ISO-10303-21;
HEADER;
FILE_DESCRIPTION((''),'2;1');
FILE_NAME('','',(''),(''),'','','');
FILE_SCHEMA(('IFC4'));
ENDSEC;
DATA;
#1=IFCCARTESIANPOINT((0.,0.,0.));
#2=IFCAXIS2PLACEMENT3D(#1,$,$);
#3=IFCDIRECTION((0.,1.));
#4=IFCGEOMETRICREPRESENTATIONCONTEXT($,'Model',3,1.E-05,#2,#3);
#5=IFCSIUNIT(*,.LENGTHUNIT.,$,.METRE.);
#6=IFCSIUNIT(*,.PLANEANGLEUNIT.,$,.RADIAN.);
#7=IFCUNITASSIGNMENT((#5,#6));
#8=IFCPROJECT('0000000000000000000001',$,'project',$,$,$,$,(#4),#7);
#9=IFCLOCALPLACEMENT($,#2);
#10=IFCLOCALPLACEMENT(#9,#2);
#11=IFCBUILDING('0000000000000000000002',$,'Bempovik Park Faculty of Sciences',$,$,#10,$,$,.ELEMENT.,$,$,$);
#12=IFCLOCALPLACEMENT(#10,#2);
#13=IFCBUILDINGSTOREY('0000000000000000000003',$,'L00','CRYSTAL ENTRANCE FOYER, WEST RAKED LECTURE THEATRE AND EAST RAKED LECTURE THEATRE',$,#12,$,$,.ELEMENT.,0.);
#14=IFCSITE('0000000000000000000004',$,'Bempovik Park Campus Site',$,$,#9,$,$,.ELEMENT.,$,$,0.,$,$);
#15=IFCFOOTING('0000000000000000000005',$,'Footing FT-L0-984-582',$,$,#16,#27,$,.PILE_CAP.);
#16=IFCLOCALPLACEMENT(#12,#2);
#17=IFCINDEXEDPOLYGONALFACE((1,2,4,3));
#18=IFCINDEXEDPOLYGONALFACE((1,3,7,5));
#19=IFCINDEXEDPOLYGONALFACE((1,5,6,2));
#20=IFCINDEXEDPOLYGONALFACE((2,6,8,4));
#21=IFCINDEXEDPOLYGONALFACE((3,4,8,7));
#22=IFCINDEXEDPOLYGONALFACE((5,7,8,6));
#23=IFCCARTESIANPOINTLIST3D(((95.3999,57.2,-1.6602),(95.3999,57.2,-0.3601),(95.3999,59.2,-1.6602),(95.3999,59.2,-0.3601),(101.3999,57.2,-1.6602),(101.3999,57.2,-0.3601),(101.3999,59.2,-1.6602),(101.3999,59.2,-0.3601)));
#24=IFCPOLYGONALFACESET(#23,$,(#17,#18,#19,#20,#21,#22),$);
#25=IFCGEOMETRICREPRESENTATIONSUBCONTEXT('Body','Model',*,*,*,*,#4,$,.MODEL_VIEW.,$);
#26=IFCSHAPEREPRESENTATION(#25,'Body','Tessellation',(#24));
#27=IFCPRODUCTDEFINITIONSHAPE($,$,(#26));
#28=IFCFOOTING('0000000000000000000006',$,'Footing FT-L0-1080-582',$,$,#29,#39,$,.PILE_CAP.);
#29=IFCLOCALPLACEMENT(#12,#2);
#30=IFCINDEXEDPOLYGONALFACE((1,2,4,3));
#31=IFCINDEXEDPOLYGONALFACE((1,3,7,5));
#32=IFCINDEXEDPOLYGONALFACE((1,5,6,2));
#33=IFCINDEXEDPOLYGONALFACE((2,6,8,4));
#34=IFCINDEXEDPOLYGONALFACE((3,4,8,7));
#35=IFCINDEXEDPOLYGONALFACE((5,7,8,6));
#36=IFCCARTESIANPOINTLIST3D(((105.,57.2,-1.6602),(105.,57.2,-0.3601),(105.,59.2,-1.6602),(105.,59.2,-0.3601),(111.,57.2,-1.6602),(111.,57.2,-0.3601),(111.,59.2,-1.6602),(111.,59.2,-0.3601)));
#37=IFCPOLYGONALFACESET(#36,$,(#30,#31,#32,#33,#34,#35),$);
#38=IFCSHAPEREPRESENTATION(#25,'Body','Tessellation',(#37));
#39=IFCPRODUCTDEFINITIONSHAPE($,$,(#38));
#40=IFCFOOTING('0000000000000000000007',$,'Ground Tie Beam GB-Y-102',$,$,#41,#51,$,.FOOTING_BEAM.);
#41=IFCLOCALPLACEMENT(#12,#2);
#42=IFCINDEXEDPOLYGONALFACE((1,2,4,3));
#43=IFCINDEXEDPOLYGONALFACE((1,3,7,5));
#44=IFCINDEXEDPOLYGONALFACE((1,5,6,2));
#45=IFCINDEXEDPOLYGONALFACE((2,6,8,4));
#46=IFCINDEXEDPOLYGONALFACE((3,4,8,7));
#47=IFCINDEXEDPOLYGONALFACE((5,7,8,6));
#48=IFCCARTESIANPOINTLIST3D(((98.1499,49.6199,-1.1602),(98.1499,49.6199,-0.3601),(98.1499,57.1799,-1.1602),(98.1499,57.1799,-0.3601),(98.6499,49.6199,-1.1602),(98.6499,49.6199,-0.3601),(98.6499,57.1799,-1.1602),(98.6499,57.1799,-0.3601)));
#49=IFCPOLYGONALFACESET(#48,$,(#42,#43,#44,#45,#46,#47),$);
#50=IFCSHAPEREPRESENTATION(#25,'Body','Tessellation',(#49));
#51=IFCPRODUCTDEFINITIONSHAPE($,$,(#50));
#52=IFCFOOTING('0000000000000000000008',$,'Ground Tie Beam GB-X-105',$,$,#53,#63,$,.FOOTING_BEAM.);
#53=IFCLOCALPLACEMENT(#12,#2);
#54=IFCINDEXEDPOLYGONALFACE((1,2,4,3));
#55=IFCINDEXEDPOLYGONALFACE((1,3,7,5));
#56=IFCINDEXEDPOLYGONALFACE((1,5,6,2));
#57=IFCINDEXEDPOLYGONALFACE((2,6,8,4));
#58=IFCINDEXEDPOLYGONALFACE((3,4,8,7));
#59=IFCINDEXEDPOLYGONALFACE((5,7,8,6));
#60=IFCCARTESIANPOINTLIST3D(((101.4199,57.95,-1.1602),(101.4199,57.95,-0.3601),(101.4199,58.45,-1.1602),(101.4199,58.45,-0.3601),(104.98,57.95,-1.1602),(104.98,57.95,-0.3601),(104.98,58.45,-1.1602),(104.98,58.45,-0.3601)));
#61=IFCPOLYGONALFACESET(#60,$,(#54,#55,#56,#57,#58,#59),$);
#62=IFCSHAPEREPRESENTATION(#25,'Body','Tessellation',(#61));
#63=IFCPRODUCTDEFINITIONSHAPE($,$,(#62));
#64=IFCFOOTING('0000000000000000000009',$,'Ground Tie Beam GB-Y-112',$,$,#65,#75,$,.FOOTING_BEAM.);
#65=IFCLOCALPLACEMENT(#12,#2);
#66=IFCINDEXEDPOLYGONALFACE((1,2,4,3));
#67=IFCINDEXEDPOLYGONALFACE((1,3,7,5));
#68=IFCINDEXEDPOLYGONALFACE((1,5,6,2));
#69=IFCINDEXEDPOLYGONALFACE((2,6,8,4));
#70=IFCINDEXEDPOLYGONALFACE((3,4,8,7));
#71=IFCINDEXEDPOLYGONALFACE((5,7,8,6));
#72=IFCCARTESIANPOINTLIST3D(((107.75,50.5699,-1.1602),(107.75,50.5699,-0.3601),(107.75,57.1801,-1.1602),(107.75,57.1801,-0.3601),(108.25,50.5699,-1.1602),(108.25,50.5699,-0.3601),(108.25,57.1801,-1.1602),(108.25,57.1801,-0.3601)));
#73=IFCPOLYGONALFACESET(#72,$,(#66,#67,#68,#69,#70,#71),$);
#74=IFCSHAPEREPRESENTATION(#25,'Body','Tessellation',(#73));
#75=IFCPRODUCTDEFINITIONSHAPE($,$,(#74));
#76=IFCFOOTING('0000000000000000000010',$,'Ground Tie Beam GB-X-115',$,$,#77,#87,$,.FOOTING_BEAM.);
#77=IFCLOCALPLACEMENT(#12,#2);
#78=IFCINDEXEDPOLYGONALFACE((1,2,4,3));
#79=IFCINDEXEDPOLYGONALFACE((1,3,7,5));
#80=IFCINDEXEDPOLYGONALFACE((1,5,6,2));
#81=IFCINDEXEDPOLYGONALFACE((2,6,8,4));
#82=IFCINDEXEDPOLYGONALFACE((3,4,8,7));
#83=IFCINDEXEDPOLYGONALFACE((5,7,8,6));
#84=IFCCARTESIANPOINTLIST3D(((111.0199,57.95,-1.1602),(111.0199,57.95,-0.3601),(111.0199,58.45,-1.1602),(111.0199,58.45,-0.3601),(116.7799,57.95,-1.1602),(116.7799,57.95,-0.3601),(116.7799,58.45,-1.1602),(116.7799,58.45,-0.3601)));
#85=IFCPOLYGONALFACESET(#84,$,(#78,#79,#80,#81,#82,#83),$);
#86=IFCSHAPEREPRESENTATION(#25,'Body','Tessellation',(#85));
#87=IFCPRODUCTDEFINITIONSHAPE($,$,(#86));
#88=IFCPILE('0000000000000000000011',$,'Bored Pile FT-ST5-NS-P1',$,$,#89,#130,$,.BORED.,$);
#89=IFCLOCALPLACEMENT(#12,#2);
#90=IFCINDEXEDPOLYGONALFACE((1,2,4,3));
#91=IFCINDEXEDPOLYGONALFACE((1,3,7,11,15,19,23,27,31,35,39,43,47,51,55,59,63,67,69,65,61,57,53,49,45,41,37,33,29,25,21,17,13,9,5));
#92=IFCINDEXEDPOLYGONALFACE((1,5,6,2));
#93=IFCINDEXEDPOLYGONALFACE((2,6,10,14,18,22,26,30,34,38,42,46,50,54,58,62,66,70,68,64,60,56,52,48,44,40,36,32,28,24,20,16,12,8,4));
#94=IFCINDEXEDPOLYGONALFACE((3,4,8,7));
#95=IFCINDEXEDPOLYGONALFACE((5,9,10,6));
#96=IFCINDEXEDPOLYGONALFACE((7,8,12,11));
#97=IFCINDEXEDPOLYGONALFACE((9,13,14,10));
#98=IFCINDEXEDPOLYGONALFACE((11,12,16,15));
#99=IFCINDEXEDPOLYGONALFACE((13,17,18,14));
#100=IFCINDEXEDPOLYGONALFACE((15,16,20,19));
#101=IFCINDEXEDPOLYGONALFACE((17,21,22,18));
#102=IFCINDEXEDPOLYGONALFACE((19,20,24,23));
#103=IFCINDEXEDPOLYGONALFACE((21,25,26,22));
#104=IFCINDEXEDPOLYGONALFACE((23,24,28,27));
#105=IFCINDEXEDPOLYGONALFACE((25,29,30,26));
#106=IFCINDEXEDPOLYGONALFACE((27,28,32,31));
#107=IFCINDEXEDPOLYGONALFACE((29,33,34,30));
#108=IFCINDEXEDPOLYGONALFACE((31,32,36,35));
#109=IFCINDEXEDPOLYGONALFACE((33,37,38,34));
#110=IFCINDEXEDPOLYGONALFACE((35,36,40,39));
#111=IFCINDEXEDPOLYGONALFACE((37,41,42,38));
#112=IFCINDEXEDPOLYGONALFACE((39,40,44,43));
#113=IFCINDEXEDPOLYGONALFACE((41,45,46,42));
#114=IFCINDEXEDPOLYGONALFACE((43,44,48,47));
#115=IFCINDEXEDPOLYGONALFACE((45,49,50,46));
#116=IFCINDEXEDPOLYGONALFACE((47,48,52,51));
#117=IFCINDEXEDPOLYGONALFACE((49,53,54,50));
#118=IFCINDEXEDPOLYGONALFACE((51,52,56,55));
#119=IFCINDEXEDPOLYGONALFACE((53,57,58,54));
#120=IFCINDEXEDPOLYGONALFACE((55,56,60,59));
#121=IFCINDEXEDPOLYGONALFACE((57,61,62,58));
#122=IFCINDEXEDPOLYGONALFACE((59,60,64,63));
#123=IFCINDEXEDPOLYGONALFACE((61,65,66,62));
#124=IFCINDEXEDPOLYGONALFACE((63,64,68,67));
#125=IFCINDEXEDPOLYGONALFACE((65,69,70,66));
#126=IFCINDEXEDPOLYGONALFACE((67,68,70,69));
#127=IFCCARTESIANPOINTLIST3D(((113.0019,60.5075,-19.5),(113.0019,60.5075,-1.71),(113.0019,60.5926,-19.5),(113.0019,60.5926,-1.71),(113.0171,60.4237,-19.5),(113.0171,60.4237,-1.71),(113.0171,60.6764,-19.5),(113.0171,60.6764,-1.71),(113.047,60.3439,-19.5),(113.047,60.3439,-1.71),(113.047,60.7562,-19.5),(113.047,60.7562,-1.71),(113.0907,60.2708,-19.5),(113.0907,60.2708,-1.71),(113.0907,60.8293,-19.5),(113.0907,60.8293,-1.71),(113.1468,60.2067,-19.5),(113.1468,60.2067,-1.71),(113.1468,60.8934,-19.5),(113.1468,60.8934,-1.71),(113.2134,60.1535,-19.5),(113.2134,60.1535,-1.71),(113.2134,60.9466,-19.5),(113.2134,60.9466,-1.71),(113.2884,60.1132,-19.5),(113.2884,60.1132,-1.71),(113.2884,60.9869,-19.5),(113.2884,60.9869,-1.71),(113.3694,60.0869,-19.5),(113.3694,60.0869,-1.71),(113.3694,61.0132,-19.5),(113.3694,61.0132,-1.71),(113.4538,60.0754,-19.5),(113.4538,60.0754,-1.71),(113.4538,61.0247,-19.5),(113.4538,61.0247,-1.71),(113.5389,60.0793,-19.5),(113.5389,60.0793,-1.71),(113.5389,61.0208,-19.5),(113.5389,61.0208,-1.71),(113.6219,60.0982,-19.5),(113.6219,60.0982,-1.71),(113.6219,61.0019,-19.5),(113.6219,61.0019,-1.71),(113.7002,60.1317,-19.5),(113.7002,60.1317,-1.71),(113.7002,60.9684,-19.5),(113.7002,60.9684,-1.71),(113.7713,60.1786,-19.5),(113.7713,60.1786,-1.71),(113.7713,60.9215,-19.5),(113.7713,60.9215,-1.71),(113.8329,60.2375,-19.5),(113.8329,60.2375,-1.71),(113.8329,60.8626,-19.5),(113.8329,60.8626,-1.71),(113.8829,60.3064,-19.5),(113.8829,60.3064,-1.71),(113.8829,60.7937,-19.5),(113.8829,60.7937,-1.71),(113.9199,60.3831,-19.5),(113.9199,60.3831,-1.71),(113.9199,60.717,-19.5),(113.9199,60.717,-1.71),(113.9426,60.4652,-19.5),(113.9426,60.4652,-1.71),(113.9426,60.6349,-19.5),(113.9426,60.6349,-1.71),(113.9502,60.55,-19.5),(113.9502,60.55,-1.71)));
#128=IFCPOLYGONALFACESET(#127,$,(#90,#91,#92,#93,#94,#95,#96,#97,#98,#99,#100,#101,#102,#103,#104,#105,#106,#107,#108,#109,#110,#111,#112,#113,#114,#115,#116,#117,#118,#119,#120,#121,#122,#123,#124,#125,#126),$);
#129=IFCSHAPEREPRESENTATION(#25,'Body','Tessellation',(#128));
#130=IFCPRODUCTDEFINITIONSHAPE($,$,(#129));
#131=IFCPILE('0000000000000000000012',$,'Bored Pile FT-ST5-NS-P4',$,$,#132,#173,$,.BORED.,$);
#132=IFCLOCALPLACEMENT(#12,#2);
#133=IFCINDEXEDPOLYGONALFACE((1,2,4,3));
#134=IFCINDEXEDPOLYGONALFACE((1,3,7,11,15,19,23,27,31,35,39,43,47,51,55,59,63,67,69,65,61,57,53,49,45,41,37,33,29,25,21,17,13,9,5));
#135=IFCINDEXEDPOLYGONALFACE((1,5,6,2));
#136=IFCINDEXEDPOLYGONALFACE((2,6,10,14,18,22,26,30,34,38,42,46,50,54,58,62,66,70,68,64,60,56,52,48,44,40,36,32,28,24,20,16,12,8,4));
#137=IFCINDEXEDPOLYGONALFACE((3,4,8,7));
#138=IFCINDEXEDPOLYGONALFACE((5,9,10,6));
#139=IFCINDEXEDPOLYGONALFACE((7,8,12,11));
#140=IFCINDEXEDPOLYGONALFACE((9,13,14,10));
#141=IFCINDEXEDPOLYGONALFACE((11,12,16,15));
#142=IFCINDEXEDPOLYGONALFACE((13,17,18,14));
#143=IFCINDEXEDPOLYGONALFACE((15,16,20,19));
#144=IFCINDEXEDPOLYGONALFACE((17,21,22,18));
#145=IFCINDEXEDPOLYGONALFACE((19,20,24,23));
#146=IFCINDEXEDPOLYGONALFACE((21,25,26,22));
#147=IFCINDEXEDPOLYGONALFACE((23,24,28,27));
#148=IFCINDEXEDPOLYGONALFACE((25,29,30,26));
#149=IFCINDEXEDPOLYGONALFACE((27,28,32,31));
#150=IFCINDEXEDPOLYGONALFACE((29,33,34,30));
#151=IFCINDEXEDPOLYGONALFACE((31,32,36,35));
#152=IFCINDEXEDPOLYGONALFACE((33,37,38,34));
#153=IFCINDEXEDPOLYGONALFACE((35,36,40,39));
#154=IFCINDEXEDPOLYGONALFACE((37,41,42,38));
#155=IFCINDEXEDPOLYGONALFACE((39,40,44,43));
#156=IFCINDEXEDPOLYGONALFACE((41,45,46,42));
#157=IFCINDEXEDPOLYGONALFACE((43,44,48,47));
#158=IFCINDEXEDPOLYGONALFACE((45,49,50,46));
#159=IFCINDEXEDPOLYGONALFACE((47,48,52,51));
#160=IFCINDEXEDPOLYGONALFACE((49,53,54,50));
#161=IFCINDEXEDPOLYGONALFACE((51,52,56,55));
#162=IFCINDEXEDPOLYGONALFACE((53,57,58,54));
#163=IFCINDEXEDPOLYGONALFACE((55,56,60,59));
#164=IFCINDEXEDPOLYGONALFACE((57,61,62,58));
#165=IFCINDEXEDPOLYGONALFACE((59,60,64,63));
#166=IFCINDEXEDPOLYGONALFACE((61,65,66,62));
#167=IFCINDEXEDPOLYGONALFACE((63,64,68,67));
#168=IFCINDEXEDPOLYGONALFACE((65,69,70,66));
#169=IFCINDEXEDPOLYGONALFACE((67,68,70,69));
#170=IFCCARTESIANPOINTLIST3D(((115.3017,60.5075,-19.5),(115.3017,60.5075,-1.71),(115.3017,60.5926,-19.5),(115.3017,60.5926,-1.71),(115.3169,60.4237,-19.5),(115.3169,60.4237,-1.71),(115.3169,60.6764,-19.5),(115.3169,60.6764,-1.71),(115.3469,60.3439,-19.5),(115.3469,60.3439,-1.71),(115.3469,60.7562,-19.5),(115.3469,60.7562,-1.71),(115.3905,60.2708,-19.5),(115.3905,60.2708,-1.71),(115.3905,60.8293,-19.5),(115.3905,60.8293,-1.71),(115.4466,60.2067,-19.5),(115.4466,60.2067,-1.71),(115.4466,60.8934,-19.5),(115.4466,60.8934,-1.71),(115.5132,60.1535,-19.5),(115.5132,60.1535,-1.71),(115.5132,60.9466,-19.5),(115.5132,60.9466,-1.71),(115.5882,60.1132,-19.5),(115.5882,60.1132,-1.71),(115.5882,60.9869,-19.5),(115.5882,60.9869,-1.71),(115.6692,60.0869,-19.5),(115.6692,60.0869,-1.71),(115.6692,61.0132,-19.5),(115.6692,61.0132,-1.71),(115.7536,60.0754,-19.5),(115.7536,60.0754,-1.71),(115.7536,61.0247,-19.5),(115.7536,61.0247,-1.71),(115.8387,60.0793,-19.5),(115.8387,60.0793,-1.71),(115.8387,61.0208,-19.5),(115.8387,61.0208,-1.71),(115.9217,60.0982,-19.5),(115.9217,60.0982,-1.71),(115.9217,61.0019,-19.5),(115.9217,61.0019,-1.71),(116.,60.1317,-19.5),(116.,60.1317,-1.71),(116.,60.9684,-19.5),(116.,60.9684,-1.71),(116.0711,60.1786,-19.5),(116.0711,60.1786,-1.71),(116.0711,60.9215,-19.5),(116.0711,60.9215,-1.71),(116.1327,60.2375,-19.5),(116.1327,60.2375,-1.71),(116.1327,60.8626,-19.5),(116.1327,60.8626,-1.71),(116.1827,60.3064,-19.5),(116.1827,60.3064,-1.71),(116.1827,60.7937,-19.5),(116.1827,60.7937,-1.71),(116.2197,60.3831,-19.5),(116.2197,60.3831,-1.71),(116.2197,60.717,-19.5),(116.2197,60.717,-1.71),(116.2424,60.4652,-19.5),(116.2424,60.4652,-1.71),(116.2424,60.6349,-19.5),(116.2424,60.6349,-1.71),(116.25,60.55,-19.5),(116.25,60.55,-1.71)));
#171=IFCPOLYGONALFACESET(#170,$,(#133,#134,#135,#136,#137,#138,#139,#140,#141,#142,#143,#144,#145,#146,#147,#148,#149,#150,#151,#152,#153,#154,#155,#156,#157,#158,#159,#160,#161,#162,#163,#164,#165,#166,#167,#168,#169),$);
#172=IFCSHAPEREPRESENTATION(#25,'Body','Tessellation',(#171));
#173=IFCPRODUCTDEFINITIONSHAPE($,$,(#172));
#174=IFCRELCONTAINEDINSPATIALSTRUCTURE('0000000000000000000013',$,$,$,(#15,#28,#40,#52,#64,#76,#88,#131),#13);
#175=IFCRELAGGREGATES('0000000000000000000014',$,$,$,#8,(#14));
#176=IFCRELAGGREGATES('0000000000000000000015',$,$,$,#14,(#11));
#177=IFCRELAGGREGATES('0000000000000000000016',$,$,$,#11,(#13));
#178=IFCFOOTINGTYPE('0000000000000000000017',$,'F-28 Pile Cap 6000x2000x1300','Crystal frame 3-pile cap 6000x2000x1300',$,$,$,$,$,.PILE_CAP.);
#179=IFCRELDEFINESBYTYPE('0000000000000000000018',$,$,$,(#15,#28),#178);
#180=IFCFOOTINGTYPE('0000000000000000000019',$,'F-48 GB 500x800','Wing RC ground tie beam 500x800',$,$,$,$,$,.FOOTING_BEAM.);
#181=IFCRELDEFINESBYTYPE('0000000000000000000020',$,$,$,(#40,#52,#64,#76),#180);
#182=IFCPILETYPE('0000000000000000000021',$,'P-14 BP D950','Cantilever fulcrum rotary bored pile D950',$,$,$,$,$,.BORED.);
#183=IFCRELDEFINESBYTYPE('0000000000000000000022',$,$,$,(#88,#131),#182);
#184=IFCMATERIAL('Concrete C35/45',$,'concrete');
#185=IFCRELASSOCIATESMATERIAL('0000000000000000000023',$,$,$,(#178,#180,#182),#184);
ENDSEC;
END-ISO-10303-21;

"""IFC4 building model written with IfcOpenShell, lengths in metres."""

from ifc_helpers import new_model, si_unit, direction, frame, origin, origin_2d, place, context, subcontext, project, spatial, rectangle, circle, extrude, material, material_profile, profile_set, type_object, element, save


model = new_model("IFC4")

# Units and contexts
model_context = context("Model", 3, precision=1e-05, world=origin(), true_north=direction((0.0, 1.0)))
body_context = subcontext(model_context, "Body", "Model", "MODEL_VIEW")
ifc_project = project(units=[si_unit("LENGTHUNIT", "METRE"), si_unit("PLANEANGLEUNIT", "RADIAN")], contexts=[model_context])

# Site, building, storey
site_placement = place(None, origin())
site = spatial("IfcSite", under=ifc_project, at=site_placement, Name="Bempovik Park Campus Site", CompositionType="ELEMENT", RefElevation=0.0)
building_placement = place(site_placement, origin())
building = spatial("IfcBuilding", under=site, at=building_placement, Name="Bempovik Park Faculty of Sciences", CompositionType="ELEMENT")
storey_placement = place(building_placement, origin())
storey = spatial("IfcBuildingStorey", under=building, at=storey_placement, Name="L00", Description="CRYSTAL ENTRANCE FOYER, WEST RAKED LECTURE THEATRE AND EAST RAKED LECTURE THEATRE", CompositionType="ELEMENT", Elevation=0.0)

# Footings
ifc_material_1 = material(Name="Concrete C35/45", Category="concrete")
footing_type_1 = type_object("IfcFootingType", Name="F-28 Pile Cap 6000x2000x1300", Description="Crystal frame 3-pile cap 6000x2000x1300", PredefinedType="PILE_CAP", material=ifc_material_1)
for number, where, z_axis, x_axis, name in (
    (1, (98.3999, 58.2, -1.6602), (0.0, 0.0, 1.0), (1.0, 0.0, 0.0), "Footing FT-L0-984-582"),
    (2, (108.0, 58.2, -1.6602), (0.0, 0.0, 1.0), (1.0, 0.0, 0.0), "Footing FT-L0-1080-582"),
):
    element("IfcFooting", number, at=place(storey_placement, frame(where, z_axis=z_axis, x_axis=x_axis)), inside=storey, type_object=footing_type_1, Name=name, PredefinedType="PILE_CAP", context=body_context, shape_type="SweptSolid", body=[
        extrude(rectangle(XDim=6.0, YDim=2.0, at=origin_2d()), origin(), (0.0, 0.0, 1.0), 1.3),
    ])
footing_type_2 = type_object("IfcFootingType", Name="F-48 GB 500x800", Description="Wing RC ground tie beam 500x800", PredefinedType="FOOTING_BEAM", material=ifc_material_1)
footing_1_placement = place(storey_placement, frame((98.3999, 53.3999, -1.1602), z_axis=(0.0, 0.0, 1.0), x_axis=(1.0, 0.0, 0.0)))
element("IfcFooting", 3, at=footing_1_placement, inside=storey, type_object=footing_type_2, Name="Ground Tie Beam GB-Y-102", PredefinedType="FOOTING_BEAM", context=body_context, shape_type="SweptSolid", body=[
    extrude(rectangle(XDim=0.5, YDim=7.5601, at=origin_2d()), origin(), (0.0, 0.0, 1.0), 0.8),
])
footing_2_placement = place(storey_placement, frame((103.2, 58.2, -1.1602), z_axis=(0.0, 0.0, 1.0), x_axis=(1.0, 0.0, 0.0)))
element("IfcFooting", 4, at=footing_2_placement, inside=storey, type_object=footing_type_2, Name="Ground Tie Beam GB-X-105", PredefinedType="FOOTING_BEAM", context=body_context, shape_type="SweptSolid", body=[
    extrude(rectangle(XDim=3.5601, YDim=0.5, at=origin_2d()), origin(), (0.0, 0.0, 1.0), 0.8),
])
footing_3_placement = place(storey_placement, frame((108.0, 53.875, -1.1602), z_axis=(0.0, 0.0, 1.0), x_axis=(1.0, 0.0, 0.0)))
element("IfcFooting", 5, at=footing_3_placement, inside=storey, type_object=footing_type_2, Name="Ground Tie Beam GB-Y-112", PredefinedType="FOOTING_BEAM", context=body_context, shape_type="SweptSolid", body=[
    extrude(rectangle(XDim=0.5, YDim=6.6101, at=origin_2d()), origin(), (0.0, 0.0, 1.0), 0.8),
])
footing_4_placement = place(storey_placement, frame((113.8999, 58.2, -1.1602), z_axis=(0.0, 0.0, 1.0), x_axis=(1.0, 0.0, 0.0)))
element("IfcFooting", 6, at=footing_4_placement, inside=storey, type_object=footing_type_2, Name="Ground Tie Beam GB-X-115", PredefinedType="FOOTING_BEAM", context=body_context, shape_type="SweptSolid", body=[
    extrude(rectangle(XDim=5.76, YDim=0.5, at=origin_2d()), origin(), (0.0, 0.0, 1.0), 0.8),
])

# Piles
ifc_material_profile_1 = material_profile(ifc_material_1, circle(Radius=0.4751, at=origin_2d()), Name="BP D950")
ifc_profile_set_1 = profile_set([ifc_material_profile_1], Name="Concrete C35/45")
pile_type_1 = type_object("IfcPileType", Name="P-14 BP D950", Description="Cantilever fulcrum rotary bored pile D950", PredefinedType="BORED", material=ifc_profile_set_1)
for number, where, z_axis, x_axis, name in (
    (7, (113.4751, 60.55, -1.71), (0.0, 0.0, -1.0), (1.0, 0.0, 0.0), "Bored Pile FT-ST5-NS-P1"),
    (8, (115.7749, 60.55, -1.71), (0.0, 0.0, -1.0), (1.0, 0.0, 0.0), "Bored Pile FT-ST5-NS-P4"),
):
    element("IfcPile", number, at=place(storey_placement, frame(where, z_axis=z_axis, x_axis=x_axis)), inside=storey, type_object=pile_type_1, Name=name, PredefinedType="BORED", context=body_context, shape_type="SweptSolid", body=[
        extrude(circle(Radius=0.4751, at=origin_2d()), origin(), (0.0, 0.0, 1.0), 17.79),
    ])

save(model, "model.ifc")
